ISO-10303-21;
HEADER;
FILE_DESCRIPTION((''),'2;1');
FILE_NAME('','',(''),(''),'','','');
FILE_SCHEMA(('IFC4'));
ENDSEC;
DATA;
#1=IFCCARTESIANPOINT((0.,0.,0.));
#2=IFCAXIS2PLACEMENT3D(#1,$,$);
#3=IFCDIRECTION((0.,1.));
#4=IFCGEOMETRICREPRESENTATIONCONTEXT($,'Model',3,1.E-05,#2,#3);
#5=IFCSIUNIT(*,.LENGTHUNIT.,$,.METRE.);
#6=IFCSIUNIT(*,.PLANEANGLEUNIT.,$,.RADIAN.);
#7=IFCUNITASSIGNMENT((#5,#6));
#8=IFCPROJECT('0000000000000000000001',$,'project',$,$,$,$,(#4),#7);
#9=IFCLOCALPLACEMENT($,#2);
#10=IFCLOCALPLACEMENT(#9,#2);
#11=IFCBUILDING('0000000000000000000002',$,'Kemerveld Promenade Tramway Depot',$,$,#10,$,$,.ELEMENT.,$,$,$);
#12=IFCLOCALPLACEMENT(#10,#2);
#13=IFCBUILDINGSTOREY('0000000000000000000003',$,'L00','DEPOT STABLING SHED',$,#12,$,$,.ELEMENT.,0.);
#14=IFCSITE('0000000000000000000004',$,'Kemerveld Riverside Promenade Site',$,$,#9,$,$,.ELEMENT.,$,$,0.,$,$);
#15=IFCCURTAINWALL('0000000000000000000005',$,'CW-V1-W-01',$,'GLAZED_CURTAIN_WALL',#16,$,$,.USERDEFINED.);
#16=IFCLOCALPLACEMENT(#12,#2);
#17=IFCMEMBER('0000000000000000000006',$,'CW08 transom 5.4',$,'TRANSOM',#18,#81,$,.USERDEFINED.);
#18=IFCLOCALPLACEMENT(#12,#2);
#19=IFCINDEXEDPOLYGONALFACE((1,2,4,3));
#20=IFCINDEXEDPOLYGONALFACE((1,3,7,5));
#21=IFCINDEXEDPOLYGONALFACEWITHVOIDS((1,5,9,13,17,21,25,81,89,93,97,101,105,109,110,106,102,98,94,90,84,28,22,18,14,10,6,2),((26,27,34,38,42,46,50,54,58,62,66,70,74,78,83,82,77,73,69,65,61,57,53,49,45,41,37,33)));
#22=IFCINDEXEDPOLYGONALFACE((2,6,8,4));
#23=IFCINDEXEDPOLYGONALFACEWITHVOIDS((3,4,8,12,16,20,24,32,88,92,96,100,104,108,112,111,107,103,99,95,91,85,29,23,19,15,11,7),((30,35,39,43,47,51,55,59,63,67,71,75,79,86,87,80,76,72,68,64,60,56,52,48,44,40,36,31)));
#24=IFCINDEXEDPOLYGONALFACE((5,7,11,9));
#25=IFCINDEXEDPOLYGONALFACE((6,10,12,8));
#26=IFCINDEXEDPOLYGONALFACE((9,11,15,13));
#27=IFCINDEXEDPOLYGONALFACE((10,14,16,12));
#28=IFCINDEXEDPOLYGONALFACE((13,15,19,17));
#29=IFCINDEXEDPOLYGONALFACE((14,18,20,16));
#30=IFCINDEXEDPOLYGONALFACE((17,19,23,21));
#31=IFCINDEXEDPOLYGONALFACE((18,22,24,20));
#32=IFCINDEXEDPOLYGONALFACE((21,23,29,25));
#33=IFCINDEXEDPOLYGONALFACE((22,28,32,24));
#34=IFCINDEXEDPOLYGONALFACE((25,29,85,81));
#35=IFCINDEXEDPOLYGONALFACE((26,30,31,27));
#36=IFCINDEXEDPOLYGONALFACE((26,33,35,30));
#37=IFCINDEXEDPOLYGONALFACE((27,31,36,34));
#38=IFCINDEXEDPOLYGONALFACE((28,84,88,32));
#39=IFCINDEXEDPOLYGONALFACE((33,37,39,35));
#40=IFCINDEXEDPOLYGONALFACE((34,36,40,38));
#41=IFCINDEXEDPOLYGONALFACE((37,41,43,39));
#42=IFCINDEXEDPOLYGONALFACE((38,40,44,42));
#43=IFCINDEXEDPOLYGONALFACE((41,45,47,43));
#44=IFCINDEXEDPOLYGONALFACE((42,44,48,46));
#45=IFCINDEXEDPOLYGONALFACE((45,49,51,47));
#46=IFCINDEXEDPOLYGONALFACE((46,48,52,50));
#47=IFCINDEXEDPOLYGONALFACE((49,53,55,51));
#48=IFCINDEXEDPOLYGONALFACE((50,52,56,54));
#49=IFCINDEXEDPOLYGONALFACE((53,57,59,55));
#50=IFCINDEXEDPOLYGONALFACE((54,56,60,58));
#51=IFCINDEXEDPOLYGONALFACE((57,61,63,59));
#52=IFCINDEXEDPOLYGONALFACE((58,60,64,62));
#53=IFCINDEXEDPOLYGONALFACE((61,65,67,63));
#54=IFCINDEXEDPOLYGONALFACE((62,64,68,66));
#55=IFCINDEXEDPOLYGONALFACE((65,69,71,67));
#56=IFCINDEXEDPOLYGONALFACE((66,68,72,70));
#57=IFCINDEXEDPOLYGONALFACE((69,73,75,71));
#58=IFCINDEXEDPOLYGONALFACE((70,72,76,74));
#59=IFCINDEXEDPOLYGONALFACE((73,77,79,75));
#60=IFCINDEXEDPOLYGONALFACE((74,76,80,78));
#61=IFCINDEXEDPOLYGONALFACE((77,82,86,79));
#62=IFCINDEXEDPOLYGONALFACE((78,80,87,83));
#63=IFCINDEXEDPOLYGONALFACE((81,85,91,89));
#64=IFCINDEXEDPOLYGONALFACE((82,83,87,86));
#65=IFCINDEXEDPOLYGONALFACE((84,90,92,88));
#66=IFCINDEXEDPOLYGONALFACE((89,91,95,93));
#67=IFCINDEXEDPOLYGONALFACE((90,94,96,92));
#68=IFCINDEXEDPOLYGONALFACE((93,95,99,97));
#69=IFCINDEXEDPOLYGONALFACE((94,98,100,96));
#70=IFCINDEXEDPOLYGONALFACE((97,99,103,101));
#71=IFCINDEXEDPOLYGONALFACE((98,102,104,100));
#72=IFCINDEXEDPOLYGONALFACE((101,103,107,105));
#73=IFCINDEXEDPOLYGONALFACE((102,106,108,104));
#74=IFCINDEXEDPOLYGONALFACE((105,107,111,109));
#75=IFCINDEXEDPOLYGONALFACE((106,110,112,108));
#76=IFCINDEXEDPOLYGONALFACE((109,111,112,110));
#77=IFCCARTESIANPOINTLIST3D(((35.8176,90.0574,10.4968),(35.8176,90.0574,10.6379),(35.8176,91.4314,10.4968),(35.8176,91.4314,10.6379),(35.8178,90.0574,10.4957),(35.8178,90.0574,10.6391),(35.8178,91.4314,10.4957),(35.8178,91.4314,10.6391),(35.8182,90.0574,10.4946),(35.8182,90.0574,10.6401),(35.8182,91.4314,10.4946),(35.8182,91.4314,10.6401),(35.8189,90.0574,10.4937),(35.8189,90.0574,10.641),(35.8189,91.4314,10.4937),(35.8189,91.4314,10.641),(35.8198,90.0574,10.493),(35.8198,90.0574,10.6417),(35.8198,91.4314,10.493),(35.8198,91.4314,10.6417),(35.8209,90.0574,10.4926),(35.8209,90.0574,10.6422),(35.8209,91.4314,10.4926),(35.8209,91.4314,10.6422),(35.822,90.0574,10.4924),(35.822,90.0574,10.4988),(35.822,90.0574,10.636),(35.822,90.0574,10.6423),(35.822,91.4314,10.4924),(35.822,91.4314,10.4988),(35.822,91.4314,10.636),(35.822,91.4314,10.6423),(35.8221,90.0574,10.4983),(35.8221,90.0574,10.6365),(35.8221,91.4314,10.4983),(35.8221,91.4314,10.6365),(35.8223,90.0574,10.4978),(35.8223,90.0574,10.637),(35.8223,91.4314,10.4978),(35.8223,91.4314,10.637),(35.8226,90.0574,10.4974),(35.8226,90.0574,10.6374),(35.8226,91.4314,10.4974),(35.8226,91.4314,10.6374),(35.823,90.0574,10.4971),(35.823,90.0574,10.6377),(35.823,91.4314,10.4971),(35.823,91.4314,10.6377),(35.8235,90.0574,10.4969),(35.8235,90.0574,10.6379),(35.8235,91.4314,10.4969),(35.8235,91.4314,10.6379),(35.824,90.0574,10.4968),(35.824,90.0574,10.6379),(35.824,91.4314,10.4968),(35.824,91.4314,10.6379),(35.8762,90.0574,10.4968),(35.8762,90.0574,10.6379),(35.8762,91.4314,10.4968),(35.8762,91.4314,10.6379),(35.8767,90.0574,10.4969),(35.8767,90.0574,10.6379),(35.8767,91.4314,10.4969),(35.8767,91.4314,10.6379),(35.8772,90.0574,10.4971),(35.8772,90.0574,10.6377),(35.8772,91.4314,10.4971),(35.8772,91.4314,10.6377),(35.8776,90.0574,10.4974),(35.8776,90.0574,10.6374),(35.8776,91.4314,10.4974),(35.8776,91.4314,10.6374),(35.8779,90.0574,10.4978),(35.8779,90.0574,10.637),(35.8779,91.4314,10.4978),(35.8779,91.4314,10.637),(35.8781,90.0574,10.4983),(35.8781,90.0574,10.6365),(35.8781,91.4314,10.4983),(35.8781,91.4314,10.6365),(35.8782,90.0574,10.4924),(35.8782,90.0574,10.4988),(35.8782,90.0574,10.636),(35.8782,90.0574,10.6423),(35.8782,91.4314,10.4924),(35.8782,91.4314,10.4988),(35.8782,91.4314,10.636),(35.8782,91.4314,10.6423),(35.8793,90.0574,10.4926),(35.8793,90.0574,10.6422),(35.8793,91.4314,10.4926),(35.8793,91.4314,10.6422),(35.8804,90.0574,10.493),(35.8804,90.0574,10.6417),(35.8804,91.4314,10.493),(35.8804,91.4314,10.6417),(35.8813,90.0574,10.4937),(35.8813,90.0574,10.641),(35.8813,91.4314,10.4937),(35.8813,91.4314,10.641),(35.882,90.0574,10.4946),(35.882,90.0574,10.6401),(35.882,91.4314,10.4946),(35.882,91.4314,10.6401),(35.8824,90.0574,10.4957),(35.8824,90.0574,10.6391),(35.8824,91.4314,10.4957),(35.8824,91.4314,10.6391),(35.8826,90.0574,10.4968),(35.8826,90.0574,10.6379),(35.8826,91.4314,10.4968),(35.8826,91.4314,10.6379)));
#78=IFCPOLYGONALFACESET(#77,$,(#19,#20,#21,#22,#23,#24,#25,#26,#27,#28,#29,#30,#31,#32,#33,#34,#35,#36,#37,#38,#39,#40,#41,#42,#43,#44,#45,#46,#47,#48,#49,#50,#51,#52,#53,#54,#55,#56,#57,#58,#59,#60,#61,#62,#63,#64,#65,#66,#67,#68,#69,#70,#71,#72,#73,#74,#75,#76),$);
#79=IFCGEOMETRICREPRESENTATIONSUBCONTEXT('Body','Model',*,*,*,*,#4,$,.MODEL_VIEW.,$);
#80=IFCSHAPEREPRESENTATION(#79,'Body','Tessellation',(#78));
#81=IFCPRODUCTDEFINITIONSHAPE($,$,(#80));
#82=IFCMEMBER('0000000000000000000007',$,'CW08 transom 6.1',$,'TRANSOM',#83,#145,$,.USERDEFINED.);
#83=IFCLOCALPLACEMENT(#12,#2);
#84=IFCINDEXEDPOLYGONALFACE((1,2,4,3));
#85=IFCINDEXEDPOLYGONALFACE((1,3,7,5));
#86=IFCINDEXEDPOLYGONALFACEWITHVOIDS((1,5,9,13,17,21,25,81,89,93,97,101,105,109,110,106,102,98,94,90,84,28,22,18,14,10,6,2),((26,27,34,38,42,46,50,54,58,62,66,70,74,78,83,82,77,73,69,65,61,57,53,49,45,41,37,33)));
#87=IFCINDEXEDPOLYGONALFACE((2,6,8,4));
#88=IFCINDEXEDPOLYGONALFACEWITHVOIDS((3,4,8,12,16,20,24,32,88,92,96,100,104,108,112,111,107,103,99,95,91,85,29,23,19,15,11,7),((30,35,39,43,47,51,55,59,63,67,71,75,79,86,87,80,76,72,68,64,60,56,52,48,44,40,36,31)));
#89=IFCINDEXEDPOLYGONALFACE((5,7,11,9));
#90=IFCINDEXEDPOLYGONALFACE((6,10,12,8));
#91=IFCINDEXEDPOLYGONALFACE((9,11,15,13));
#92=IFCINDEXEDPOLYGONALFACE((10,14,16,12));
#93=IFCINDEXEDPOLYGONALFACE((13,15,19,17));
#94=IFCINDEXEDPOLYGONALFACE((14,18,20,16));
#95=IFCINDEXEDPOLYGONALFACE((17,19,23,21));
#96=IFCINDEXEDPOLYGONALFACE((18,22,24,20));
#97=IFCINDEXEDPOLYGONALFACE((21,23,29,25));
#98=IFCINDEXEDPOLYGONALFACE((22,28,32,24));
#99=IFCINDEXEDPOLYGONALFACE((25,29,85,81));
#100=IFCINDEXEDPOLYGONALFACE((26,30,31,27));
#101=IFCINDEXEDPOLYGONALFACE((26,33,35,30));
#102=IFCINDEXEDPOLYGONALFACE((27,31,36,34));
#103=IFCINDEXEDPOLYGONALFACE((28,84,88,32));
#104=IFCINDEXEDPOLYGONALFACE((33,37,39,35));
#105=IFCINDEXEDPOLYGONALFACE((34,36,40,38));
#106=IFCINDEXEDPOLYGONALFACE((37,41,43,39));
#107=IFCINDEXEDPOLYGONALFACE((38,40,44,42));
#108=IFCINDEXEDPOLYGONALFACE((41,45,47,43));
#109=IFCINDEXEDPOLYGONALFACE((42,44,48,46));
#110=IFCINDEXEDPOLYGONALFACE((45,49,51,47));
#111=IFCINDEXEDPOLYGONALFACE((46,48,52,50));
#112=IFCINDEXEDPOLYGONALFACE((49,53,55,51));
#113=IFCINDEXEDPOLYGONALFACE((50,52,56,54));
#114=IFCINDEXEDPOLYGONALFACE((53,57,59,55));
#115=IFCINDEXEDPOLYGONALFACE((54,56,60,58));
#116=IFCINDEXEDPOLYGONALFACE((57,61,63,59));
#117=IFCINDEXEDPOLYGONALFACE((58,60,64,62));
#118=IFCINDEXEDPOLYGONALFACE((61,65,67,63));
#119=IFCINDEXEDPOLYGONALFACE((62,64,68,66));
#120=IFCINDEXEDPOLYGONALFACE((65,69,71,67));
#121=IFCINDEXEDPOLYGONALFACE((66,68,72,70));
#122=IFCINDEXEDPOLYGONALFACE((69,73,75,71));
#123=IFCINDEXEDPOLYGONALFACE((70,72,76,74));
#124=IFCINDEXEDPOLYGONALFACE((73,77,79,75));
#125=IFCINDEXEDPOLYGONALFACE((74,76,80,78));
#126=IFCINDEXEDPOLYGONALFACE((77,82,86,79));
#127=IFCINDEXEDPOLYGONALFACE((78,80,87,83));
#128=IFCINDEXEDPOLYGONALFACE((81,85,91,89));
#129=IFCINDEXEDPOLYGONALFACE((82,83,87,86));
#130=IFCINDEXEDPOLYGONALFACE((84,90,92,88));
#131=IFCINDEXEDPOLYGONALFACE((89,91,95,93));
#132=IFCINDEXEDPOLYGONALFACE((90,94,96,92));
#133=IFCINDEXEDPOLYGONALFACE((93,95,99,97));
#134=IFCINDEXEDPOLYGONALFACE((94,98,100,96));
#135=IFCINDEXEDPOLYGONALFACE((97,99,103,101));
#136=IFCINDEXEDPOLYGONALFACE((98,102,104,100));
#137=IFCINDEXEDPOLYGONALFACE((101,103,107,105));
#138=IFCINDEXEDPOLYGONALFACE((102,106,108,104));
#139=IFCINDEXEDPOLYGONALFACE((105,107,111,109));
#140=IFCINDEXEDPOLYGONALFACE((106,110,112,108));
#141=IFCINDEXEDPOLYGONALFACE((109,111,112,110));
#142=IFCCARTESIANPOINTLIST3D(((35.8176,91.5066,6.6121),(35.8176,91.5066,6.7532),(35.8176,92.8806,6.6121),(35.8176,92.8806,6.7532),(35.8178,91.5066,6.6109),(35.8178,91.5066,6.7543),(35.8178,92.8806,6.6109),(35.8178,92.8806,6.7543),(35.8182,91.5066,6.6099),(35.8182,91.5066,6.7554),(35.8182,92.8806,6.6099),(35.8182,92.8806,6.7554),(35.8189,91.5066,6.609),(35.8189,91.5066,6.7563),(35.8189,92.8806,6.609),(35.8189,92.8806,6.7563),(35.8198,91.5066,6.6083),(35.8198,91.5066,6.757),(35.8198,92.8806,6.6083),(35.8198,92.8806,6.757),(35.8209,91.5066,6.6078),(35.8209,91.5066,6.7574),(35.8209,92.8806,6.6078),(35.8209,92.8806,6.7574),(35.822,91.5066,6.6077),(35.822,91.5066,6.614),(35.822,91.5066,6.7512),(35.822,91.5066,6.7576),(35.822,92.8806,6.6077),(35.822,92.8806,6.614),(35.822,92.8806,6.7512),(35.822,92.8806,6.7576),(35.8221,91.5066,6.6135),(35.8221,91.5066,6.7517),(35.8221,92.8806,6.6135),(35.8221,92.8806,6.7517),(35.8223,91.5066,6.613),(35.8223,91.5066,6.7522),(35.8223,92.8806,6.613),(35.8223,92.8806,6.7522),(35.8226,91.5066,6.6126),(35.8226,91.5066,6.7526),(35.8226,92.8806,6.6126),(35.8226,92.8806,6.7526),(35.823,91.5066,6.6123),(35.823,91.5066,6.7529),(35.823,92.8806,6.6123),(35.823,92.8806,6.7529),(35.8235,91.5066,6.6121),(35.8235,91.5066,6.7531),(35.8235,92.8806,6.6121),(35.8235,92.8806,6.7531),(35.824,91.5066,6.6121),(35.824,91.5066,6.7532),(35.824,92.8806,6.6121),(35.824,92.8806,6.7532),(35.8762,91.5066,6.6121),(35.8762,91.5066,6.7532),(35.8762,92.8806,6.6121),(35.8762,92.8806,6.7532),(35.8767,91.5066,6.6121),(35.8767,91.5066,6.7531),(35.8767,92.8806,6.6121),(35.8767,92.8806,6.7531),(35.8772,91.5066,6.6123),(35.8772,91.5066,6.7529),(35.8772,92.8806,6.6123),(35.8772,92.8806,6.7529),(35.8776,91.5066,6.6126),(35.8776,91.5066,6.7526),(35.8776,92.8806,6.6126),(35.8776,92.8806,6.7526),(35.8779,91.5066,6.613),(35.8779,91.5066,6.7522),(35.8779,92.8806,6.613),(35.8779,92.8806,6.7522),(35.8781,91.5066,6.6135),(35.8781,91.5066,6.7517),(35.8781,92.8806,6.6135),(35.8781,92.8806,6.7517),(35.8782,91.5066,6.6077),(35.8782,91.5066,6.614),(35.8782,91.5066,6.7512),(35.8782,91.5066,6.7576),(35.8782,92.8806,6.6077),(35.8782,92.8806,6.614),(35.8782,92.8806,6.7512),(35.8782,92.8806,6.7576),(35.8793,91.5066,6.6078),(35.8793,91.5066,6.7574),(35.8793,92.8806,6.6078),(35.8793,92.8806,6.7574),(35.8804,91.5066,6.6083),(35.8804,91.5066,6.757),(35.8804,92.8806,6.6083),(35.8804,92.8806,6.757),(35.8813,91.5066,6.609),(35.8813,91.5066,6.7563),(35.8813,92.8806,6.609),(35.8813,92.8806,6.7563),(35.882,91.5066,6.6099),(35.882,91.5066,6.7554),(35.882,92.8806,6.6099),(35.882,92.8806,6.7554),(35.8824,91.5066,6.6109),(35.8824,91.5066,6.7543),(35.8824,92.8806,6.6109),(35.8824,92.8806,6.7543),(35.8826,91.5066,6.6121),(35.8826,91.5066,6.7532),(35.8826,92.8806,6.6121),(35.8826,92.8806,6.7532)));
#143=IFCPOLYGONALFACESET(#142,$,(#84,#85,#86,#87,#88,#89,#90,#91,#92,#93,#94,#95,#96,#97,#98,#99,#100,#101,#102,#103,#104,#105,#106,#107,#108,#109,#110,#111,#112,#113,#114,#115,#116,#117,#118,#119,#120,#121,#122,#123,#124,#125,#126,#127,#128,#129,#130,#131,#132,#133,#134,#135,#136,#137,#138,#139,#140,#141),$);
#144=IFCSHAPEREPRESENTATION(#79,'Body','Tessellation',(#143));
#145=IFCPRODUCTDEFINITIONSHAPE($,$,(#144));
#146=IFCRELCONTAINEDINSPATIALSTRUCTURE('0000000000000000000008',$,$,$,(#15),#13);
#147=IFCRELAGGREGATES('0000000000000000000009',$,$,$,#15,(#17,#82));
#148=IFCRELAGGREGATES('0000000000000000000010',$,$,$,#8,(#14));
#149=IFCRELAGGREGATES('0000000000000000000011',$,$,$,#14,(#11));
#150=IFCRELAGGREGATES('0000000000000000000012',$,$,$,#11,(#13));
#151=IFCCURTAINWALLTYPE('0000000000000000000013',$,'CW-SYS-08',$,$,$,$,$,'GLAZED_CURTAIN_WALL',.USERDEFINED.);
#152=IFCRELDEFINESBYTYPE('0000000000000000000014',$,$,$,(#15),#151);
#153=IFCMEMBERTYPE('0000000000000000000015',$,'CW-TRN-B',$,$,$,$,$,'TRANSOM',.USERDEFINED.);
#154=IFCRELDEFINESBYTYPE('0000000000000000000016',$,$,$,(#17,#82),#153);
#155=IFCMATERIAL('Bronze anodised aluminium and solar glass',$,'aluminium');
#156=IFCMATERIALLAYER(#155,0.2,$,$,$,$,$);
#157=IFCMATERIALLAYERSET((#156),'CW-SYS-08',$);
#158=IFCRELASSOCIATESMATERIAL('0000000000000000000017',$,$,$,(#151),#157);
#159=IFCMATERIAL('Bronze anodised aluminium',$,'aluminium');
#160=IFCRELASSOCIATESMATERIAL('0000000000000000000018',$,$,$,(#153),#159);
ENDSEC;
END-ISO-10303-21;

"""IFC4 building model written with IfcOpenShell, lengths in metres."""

from ifc_helpers import new_model, si_unit, direction, frame, origin, origin_2d, place, context, subcontext, project, spatial, hollow_rectangle, extrude, material, layer, layer_set, material_profile, profile_set, type_object, element, aggregate, save


model = new_model("IFC4")

# Units and contexts
model_context = context("Model", 3, precision=1e-05, world=origin(), true_north=direction((0.0, 1.0)))
body_context = subcontext(model_context, "Body", "Model", "MODEL_VIEW")
ifc_project = project(units=[si_unit("LENGTHUNIT", "METRE"), si_unit("PLANEANGLEUNIT", "RADIAN")], contexts=[model_context])

# Site, building, storey
site_placement = place(None, origin())
site = spatial("IfcSite", under=ifc_project, at=site_placement, Name="Kemerveld Riverside Promenade Site", CompositionType="ELEMENT", RefElevation=0.0)
building_placement = place(site_placement, origin())
building = spatial("IfcBuilding", under=site, at=building_placement, Name="Kemerveld Promenade Tramway Depot", CompositionType="ELEMENT")
storey_placement = place(building_placement, origin())
storey = spatial("IfcBuildingStorey", under=building, at=storey_placement, Name="L00", Description="DEPOT STABLING SHED", CompositionType="ELEMENT", Elevation=0.0)

# Curtain wall, members
ifc_material_1 = material(Name="Bronze anodised aluminium and solar glass", Category="aluminium")
ifc_layer_1 = layer(ifc_material_1, 0.2)
ifc_layer_set_1 = layer_set([ifc_layer_1], Name="CW-SYS-08")
curtain_wall_type = type_object("IfcCurtainWallType", Name="CW-SYS-08", ElementType="GLAZED_CURTAIN_WALL", PredefinedType="USERDEFINED", material=ifc_layer_set_1)
curtain_wall_placement = place(storey_placement, origin())
curtain_wall = element("IfcCurtainWall", 1, at=curtain_wall_placement, inside=storey, type_object=curtain_wall_type, Name="CW-V1-W-01", ObjectType="GLAZED_CURTAIN_WALL", PredefinedType="USERDEFINED")
ifc_material_2 = material(Name="Bronze anodised aluminium", Category="aluminium")
ifc_material_profile_1 = material_profile(ifc_material_2, hollow_rectangle(XDim=0.0649, YDim=0.1499, WallThickness=0.0044, InnerFilletRadius=0.002, OuterFilletRadius=0.0044, at=origin_2d()), Name="CW-TRN-150x65")
ifc_profile_set_1 = profile_set([ifc_material_profile_1], Name="Bronze anodised aluminium")
member_type_1 = type_object("IfcMemberType", Name="CW-TRN-B", ElementType="TRANSOM", PredefinedType="USERDEFINED", material=ifc_profile_set_1)
member_1_placement = place(storey_placement, frame((35.8501, 90.0574, 10.5674), z_axis=(0.0, 1.0, 0.0), x_axis=(-1.0, 0.0, 0.0)))
member_1 = element("IfcMember", 2, at=member_1_placement, type_object=member_type_1, Name="CW08 transom 5.4", ObjectType="TRANSOM", PredefinedType="USERDEFINED", context=body_context, shape_type="SweptSolid", body=[
    extrude(hollow_rectangle(XDim=0.0649, YDim=0.1499, WallThickness=0.0044, InnerFilletRadius=0.002, OuterFilletRadius=0.0044, at=origin_2d()), origin(), (0.0, 0.0, 1.0), 1.374),
])
member_2_placement = place(storey_placement, frame((35.8501, 91.5066, 6.6826), z_axis=(0.0, 1.0, 0.0), x_axis=(-1.0, 0.0, 0.0)))
member_2 = element("IfcMember", 3, at=member_2_placement, type_object=member_type_1, Name="CW08 transom 6.1", ObjectType="TRANSOM", PredefinedType="USERDEFINED", context=body_context, shape_type="SweptSolid", body=[
    extrude(hollow_rectangle(XDim=0.0649, YDim=0.1499, WallThickness=0.0044, InnerFilletRadius=0.002, OuterFilletRadius=0.0044, at=origin_2d()), origin(), (0.0, 0.0, 1.0), 1.374),
])
aggregate(curtain_wall, [member_1, member_2])

save(model, "model.ifc")
